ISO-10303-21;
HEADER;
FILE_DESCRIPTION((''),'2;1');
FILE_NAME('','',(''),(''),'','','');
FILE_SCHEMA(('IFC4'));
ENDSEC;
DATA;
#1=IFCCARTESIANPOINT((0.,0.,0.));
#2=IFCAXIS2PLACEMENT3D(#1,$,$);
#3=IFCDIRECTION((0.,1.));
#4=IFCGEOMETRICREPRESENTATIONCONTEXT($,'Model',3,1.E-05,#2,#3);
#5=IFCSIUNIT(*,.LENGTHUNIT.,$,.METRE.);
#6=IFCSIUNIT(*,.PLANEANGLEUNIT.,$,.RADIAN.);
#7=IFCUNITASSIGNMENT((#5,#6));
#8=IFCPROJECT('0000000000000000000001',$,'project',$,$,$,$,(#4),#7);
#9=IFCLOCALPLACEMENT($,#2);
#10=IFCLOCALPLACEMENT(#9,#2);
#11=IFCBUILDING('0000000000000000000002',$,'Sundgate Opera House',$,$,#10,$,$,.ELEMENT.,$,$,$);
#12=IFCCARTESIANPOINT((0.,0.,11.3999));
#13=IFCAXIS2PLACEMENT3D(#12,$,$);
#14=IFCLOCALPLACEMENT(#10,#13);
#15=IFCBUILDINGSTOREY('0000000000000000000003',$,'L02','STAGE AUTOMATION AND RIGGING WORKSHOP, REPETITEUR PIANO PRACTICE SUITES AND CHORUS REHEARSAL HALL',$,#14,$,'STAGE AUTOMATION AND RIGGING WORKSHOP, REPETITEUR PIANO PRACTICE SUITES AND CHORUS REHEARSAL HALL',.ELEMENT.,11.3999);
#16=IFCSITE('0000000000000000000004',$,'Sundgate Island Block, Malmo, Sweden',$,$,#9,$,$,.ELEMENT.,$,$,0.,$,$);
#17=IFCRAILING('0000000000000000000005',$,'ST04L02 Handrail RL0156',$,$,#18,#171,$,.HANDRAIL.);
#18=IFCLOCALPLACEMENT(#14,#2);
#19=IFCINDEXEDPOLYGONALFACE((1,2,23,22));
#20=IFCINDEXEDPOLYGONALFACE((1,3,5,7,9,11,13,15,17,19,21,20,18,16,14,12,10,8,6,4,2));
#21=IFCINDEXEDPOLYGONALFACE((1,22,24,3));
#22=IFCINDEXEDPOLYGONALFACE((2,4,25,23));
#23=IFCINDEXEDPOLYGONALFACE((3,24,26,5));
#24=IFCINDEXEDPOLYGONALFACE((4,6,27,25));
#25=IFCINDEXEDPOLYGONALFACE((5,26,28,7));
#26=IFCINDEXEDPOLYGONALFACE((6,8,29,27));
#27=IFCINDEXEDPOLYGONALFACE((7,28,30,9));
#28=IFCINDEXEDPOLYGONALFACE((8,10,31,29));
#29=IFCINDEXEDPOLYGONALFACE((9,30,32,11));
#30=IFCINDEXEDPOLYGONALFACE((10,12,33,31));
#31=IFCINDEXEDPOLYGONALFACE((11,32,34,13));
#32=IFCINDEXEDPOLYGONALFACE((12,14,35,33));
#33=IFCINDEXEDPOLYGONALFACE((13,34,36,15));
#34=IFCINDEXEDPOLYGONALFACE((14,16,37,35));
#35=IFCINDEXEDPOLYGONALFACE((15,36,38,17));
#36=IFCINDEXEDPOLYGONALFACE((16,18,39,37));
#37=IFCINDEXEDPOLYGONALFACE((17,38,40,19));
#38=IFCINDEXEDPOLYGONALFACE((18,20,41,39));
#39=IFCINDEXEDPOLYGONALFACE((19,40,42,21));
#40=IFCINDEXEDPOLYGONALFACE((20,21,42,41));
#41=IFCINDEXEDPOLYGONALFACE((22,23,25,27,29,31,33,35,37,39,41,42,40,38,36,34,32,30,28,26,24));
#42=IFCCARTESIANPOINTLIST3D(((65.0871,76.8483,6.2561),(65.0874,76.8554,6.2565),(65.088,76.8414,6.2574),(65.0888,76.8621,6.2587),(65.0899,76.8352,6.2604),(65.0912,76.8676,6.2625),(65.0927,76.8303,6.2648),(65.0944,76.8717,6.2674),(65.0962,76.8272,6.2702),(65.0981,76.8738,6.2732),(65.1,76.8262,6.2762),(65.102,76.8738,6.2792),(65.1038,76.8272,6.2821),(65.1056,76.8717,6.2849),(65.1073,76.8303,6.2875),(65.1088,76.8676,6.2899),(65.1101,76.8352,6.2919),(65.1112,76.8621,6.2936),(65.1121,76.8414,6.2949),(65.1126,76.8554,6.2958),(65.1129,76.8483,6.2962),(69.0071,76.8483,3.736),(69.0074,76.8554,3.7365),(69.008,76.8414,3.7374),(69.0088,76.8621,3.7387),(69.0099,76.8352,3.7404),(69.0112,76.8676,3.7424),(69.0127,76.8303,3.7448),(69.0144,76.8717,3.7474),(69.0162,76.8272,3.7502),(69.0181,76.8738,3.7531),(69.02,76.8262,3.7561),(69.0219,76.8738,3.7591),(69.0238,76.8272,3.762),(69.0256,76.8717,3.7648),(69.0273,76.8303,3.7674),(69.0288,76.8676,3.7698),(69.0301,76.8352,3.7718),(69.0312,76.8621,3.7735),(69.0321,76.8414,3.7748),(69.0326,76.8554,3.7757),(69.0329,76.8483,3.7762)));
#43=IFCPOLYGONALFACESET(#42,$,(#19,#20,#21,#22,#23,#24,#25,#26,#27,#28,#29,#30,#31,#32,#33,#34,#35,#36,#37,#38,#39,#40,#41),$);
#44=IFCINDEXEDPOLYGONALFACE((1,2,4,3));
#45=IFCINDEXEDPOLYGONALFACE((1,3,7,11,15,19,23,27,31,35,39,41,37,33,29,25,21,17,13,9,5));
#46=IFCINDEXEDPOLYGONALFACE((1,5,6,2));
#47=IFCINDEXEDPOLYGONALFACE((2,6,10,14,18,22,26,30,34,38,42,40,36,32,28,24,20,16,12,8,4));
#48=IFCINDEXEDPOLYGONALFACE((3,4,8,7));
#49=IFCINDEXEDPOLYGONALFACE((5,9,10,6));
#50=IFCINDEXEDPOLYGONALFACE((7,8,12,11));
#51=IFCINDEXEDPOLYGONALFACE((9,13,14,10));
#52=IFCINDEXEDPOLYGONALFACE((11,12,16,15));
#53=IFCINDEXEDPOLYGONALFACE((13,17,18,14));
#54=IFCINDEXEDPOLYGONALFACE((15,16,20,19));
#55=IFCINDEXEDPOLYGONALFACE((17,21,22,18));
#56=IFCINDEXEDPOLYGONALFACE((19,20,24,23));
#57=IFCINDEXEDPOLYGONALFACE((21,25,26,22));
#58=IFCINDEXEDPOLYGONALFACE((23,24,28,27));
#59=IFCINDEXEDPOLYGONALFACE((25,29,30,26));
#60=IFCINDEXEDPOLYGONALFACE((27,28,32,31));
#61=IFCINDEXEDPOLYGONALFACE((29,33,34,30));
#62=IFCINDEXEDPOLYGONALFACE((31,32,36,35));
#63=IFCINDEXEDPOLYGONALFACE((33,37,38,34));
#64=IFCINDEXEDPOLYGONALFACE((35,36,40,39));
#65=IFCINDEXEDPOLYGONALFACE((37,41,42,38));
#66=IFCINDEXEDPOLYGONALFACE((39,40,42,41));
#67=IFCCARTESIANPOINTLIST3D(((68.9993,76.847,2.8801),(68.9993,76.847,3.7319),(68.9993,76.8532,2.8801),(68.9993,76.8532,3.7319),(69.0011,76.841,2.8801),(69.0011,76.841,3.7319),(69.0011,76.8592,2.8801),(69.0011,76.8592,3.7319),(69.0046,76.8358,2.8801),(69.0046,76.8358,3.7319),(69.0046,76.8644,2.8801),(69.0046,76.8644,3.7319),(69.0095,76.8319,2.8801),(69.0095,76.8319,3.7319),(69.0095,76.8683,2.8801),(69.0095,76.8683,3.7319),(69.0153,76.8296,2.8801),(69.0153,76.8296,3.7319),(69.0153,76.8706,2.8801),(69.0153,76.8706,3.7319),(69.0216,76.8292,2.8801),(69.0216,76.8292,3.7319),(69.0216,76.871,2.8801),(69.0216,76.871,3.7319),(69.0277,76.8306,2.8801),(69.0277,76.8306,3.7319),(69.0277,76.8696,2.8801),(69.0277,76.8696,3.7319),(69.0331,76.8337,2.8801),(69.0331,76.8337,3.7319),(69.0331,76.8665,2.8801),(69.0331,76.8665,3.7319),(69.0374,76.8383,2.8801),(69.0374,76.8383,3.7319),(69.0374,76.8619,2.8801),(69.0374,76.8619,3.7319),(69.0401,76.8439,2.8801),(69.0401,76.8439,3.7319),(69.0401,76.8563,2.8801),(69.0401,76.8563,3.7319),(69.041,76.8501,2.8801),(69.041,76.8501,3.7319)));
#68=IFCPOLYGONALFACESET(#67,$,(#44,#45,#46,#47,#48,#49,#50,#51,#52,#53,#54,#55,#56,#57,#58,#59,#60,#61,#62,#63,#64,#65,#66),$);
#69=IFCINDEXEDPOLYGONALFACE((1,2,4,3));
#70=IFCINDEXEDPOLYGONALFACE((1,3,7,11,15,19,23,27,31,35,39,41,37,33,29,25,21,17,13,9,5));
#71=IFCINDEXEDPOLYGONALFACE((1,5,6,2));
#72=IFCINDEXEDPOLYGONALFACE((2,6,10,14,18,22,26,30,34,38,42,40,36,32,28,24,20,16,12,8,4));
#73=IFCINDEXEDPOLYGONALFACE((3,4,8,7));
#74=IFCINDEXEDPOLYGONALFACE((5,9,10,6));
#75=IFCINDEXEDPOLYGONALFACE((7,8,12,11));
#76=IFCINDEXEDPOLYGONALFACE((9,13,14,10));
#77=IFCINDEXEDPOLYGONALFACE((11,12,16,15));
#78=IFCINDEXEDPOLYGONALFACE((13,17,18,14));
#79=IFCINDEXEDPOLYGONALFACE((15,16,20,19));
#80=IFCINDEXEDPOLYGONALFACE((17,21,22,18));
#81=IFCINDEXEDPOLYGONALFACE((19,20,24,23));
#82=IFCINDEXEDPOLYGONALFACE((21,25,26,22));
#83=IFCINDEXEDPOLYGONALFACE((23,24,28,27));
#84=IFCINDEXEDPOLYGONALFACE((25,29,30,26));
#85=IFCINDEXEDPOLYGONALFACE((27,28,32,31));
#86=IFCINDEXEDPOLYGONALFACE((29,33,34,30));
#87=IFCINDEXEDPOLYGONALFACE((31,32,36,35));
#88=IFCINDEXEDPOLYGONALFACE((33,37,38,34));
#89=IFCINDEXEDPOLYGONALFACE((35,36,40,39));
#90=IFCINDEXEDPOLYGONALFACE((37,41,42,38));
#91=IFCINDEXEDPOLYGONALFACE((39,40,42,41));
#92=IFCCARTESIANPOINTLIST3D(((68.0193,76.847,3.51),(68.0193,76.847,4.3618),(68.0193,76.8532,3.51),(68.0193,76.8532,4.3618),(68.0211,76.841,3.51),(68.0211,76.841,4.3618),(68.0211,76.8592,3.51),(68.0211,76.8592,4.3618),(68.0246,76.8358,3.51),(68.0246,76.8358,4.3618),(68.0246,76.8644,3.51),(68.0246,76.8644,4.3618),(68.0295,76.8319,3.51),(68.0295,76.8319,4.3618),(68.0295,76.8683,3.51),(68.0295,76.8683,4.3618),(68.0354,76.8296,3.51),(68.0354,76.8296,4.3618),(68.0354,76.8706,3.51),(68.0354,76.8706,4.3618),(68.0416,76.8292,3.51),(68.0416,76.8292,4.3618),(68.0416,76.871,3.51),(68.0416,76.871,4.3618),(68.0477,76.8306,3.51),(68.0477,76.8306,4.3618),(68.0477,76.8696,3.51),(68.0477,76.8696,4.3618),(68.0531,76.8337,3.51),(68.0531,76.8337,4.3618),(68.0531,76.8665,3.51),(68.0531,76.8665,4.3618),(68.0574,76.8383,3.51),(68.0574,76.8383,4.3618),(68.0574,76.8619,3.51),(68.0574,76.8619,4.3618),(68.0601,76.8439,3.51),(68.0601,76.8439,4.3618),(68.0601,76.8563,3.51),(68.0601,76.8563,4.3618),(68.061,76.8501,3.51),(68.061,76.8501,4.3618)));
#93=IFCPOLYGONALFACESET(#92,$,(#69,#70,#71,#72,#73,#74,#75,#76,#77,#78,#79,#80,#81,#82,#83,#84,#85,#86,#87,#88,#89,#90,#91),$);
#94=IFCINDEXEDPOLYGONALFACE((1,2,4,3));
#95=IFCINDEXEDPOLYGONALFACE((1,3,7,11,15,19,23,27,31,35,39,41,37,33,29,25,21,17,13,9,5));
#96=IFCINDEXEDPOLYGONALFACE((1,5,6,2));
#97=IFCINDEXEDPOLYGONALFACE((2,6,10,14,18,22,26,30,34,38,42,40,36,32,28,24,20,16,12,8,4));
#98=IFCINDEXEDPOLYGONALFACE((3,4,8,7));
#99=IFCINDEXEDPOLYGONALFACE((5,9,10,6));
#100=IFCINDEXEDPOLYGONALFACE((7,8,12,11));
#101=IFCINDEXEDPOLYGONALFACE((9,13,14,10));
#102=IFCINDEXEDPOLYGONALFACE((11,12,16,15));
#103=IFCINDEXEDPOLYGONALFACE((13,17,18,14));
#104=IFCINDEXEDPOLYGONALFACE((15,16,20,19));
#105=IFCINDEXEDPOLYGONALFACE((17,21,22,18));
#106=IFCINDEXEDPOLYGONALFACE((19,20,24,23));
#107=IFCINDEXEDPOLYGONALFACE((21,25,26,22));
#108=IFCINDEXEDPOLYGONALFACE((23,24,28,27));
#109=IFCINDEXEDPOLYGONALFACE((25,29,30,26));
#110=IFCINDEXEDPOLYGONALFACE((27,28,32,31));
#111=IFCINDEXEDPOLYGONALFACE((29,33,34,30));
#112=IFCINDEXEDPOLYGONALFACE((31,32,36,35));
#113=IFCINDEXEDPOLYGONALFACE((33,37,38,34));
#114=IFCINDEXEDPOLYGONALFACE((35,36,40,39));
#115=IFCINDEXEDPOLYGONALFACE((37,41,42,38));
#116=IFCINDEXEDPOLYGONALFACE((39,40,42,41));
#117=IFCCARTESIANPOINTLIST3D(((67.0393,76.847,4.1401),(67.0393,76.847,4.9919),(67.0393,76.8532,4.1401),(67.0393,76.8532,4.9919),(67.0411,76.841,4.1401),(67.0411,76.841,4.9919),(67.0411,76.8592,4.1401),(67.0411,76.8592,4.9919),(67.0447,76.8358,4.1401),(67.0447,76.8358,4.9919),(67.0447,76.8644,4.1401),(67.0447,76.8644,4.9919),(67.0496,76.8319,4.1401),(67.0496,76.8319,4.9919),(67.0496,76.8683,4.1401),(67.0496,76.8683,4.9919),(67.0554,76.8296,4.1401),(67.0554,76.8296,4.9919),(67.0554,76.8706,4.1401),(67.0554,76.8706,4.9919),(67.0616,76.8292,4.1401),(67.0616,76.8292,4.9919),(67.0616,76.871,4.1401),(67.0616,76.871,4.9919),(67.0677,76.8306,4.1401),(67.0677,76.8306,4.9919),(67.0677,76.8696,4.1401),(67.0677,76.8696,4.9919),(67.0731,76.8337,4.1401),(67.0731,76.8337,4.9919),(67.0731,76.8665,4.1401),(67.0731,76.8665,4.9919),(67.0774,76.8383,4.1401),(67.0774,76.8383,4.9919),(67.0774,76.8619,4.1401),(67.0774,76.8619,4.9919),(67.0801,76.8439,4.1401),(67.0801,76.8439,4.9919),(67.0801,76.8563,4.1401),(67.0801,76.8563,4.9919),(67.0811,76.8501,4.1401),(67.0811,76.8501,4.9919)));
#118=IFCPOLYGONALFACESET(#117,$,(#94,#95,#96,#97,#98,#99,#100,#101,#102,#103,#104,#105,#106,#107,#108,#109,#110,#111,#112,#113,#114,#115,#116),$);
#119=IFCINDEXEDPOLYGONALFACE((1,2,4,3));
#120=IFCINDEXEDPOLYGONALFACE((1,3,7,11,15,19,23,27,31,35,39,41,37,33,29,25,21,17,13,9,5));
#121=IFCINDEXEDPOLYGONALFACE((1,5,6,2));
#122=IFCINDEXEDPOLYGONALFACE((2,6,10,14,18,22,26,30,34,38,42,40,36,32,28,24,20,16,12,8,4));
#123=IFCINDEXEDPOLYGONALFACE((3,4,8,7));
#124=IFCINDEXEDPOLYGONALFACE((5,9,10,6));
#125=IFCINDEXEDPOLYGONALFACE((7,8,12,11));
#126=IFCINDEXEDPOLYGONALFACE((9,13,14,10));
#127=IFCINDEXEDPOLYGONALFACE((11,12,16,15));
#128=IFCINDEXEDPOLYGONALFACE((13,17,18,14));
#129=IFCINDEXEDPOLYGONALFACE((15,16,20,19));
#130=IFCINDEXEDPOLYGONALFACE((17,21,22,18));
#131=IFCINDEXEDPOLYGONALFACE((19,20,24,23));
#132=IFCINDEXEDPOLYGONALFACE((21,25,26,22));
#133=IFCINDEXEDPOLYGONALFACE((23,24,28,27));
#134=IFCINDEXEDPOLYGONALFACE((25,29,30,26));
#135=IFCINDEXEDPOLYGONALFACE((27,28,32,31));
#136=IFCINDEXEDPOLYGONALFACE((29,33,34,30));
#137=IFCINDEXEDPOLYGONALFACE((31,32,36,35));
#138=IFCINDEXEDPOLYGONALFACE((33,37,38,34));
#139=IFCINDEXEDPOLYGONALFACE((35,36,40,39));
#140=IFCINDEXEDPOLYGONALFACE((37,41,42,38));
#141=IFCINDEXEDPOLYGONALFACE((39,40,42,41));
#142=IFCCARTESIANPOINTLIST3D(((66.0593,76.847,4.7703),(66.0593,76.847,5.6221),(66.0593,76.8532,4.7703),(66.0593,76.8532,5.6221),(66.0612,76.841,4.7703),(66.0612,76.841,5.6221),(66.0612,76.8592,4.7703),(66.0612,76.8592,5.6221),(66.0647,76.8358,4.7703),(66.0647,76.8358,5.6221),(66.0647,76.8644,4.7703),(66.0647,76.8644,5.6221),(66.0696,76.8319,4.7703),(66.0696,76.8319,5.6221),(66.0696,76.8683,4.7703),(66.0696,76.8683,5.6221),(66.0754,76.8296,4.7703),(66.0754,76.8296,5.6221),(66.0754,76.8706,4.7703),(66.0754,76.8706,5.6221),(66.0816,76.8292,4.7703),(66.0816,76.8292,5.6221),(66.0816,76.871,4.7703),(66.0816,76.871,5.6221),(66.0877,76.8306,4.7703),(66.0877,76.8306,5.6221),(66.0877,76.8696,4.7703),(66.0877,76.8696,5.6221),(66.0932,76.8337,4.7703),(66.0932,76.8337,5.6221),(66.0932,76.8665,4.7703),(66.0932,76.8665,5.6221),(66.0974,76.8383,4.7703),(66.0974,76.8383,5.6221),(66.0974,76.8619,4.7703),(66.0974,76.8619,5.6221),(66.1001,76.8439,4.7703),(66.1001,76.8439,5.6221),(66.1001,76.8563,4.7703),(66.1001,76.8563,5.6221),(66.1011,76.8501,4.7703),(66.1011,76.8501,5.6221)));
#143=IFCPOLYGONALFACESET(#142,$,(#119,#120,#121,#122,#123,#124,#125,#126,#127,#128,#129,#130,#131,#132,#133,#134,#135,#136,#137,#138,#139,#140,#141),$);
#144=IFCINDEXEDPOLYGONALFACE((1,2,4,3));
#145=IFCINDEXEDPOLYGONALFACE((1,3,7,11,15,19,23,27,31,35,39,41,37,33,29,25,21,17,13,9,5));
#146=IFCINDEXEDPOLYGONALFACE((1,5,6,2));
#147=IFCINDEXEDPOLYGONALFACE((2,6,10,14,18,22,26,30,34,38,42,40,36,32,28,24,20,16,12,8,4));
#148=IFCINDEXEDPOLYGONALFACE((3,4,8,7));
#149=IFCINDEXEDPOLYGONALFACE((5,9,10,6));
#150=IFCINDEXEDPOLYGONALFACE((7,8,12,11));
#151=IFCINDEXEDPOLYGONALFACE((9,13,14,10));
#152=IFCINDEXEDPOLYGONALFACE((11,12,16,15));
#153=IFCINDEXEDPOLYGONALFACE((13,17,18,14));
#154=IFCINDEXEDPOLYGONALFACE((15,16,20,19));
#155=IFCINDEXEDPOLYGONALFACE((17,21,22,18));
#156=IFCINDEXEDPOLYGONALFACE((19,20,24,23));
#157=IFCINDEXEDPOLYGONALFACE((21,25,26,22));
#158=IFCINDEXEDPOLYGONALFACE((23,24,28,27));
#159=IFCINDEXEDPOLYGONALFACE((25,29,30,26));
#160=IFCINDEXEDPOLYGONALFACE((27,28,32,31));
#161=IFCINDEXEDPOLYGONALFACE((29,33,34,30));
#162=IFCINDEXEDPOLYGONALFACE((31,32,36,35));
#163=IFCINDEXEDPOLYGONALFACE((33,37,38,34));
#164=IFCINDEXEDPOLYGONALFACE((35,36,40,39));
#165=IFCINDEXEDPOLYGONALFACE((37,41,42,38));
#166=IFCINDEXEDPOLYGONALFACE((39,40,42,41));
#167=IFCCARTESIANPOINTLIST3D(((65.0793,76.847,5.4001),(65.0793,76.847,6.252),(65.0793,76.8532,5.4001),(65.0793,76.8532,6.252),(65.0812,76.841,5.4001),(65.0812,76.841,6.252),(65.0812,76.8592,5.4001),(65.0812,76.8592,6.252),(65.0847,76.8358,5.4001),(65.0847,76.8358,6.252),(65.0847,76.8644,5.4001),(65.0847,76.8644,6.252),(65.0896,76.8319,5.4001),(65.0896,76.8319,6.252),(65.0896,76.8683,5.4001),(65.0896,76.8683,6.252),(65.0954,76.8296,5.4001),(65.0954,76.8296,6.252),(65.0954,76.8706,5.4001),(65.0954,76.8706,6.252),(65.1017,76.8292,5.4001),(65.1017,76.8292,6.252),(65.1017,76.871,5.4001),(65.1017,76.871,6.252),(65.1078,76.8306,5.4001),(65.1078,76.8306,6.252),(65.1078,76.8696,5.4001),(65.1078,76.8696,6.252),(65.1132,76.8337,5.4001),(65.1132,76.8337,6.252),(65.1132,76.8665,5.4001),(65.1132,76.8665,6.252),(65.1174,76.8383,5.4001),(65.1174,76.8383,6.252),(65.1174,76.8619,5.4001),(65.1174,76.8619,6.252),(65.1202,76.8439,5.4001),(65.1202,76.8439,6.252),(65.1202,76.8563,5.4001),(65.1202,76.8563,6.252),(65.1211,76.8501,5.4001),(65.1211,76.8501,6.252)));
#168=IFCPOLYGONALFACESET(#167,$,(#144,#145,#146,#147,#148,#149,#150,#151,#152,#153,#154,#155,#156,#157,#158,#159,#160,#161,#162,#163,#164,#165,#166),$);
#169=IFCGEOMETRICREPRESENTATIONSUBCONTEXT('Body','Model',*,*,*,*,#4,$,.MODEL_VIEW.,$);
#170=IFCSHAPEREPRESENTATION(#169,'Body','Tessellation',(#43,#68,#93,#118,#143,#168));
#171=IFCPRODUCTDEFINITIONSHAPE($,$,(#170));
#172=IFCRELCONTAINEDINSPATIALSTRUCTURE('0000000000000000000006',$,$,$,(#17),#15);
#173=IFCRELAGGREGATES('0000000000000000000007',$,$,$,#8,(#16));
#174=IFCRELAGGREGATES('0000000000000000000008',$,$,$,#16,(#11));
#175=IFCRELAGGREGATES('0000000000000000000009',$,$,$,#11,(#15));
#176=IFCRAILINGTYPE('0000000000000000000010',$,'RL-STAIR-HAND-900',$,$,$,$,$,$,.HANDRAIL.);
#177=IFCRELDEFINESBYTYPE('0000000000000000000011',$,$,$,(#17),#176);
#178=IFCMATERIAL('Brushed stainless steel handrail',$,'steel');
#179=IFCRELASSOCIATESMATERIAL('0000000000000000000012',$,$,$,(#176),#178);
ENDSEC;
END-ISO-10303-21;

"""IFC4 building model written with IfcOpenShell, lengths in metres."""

from ifc_helpers import new_model, si_unit, direction, frame, origin, origin_2d, place, context, subcontext, project, spatial, circle, extrude, material, type_object, element, save


model = new_model("IFC4")

# Units and contexts
model_context = context("Model", 3, precision=1e-05, world=origin(), true_north=direction((0.0, 1.0)))
body_context = subcontext(model_context, "Body", "Model", "MODEL_VIEW")
ifc_project = project(units=[si_unit("LENGTHUNIT", "METRE"), si_unit("PLANEANGLEUNIT", "RADIAN")], contexts=[model_context])

# Site, building, storey
site_placement = place(None, origin())
site = spatial("IfcSite", under=ifc_project, at=site_placement, Name="Sundgate Island Block, Malmo, Sweden", CompositionType="ELEMENT", RefElevation=0.0)
building_placement = place(site_placement, origin())
building = spatial("IfcBuilding", under=site, at=building_placement, Name="Sundgate Opera House", CompositionType="ELEMENT")
storey_placement = place(building_placement, frame((0.0, 0.0, 11.3999)))
storey = spatial("IfcBuildingStorey", under=building, at=storey_placement, Name="L02", Description="STAGE AUTOMATION AND RIGGING WORKSHOP, REPETITEUR PIANO PRACTICE SUITES AND CHORUS REHEARSAL HALL", LongName="STAGE AUTOMATION AND RIGGING WORKSHOP, REPETITEUR PIANO PRACTICE SUITES AND CHORUS REHEARSAL HALL", CompositionType="ELEMENT", Elevation=11.3999)

# Railing
ifc_material_1 = material(Name="Brushed stainless steel handrail", Category="steel")
railing_type_1 = type_object("IfcRailingType", Name="RL-STAIR-HAND-900", PredefinedType="HANDRAIL", material=ifc_material_1)
railing_1_placement = place(storey_placement, frame((69.02, 76.8501, 2.8801)))
element("IfcRailing", 1, at=railing_1_placement, inside=storey, type_object=railing_type_1, Name="ST04L02 Handrail RL0156", PredefinedType="HANDRAIL", context=body_context, shape_type="SweptSolid", body=[
    extrude(circle(Radius=0.0239, at=origin_2d()), frame((0.0, 0.0, 0.876), z_axis=(-0.841172, 0.0, 0.540768), x_axis=(0.0, -1.0, 0.0)), (0.0, 0.0, 1.0), 4.6602),
    extrude(circle(Radius=0.021, at=origin_2d()), origin(), (0.0, 0.0, 1.0), 0.8518),
    extrude(circle(Radius=0.021, at=origin_2d()), frame((-0.98, 0.0, 0.6299)), (0.0, 0.0, 1.0), 0.8518),
    extrude(circle(Radius=0.021, at=origin_2d()), frame((-1.96, 0.0, 1.26)), (0.0, 0.0, 1.0), 0.8518),
    extrude(circle(Radius=0.021, at=origin_2d()), frame((-2.9399, 0.0, 1.8901)), (0.0, 0.0, 1.0), 0.8518),
    extrude(circle(Radius=0.021, at=origin_2d()), frame((-3.9199, 0.0, 2.52)), (0.0, 0.0, 1.0), 0.8518),
])

save(model, "model.ifc")
